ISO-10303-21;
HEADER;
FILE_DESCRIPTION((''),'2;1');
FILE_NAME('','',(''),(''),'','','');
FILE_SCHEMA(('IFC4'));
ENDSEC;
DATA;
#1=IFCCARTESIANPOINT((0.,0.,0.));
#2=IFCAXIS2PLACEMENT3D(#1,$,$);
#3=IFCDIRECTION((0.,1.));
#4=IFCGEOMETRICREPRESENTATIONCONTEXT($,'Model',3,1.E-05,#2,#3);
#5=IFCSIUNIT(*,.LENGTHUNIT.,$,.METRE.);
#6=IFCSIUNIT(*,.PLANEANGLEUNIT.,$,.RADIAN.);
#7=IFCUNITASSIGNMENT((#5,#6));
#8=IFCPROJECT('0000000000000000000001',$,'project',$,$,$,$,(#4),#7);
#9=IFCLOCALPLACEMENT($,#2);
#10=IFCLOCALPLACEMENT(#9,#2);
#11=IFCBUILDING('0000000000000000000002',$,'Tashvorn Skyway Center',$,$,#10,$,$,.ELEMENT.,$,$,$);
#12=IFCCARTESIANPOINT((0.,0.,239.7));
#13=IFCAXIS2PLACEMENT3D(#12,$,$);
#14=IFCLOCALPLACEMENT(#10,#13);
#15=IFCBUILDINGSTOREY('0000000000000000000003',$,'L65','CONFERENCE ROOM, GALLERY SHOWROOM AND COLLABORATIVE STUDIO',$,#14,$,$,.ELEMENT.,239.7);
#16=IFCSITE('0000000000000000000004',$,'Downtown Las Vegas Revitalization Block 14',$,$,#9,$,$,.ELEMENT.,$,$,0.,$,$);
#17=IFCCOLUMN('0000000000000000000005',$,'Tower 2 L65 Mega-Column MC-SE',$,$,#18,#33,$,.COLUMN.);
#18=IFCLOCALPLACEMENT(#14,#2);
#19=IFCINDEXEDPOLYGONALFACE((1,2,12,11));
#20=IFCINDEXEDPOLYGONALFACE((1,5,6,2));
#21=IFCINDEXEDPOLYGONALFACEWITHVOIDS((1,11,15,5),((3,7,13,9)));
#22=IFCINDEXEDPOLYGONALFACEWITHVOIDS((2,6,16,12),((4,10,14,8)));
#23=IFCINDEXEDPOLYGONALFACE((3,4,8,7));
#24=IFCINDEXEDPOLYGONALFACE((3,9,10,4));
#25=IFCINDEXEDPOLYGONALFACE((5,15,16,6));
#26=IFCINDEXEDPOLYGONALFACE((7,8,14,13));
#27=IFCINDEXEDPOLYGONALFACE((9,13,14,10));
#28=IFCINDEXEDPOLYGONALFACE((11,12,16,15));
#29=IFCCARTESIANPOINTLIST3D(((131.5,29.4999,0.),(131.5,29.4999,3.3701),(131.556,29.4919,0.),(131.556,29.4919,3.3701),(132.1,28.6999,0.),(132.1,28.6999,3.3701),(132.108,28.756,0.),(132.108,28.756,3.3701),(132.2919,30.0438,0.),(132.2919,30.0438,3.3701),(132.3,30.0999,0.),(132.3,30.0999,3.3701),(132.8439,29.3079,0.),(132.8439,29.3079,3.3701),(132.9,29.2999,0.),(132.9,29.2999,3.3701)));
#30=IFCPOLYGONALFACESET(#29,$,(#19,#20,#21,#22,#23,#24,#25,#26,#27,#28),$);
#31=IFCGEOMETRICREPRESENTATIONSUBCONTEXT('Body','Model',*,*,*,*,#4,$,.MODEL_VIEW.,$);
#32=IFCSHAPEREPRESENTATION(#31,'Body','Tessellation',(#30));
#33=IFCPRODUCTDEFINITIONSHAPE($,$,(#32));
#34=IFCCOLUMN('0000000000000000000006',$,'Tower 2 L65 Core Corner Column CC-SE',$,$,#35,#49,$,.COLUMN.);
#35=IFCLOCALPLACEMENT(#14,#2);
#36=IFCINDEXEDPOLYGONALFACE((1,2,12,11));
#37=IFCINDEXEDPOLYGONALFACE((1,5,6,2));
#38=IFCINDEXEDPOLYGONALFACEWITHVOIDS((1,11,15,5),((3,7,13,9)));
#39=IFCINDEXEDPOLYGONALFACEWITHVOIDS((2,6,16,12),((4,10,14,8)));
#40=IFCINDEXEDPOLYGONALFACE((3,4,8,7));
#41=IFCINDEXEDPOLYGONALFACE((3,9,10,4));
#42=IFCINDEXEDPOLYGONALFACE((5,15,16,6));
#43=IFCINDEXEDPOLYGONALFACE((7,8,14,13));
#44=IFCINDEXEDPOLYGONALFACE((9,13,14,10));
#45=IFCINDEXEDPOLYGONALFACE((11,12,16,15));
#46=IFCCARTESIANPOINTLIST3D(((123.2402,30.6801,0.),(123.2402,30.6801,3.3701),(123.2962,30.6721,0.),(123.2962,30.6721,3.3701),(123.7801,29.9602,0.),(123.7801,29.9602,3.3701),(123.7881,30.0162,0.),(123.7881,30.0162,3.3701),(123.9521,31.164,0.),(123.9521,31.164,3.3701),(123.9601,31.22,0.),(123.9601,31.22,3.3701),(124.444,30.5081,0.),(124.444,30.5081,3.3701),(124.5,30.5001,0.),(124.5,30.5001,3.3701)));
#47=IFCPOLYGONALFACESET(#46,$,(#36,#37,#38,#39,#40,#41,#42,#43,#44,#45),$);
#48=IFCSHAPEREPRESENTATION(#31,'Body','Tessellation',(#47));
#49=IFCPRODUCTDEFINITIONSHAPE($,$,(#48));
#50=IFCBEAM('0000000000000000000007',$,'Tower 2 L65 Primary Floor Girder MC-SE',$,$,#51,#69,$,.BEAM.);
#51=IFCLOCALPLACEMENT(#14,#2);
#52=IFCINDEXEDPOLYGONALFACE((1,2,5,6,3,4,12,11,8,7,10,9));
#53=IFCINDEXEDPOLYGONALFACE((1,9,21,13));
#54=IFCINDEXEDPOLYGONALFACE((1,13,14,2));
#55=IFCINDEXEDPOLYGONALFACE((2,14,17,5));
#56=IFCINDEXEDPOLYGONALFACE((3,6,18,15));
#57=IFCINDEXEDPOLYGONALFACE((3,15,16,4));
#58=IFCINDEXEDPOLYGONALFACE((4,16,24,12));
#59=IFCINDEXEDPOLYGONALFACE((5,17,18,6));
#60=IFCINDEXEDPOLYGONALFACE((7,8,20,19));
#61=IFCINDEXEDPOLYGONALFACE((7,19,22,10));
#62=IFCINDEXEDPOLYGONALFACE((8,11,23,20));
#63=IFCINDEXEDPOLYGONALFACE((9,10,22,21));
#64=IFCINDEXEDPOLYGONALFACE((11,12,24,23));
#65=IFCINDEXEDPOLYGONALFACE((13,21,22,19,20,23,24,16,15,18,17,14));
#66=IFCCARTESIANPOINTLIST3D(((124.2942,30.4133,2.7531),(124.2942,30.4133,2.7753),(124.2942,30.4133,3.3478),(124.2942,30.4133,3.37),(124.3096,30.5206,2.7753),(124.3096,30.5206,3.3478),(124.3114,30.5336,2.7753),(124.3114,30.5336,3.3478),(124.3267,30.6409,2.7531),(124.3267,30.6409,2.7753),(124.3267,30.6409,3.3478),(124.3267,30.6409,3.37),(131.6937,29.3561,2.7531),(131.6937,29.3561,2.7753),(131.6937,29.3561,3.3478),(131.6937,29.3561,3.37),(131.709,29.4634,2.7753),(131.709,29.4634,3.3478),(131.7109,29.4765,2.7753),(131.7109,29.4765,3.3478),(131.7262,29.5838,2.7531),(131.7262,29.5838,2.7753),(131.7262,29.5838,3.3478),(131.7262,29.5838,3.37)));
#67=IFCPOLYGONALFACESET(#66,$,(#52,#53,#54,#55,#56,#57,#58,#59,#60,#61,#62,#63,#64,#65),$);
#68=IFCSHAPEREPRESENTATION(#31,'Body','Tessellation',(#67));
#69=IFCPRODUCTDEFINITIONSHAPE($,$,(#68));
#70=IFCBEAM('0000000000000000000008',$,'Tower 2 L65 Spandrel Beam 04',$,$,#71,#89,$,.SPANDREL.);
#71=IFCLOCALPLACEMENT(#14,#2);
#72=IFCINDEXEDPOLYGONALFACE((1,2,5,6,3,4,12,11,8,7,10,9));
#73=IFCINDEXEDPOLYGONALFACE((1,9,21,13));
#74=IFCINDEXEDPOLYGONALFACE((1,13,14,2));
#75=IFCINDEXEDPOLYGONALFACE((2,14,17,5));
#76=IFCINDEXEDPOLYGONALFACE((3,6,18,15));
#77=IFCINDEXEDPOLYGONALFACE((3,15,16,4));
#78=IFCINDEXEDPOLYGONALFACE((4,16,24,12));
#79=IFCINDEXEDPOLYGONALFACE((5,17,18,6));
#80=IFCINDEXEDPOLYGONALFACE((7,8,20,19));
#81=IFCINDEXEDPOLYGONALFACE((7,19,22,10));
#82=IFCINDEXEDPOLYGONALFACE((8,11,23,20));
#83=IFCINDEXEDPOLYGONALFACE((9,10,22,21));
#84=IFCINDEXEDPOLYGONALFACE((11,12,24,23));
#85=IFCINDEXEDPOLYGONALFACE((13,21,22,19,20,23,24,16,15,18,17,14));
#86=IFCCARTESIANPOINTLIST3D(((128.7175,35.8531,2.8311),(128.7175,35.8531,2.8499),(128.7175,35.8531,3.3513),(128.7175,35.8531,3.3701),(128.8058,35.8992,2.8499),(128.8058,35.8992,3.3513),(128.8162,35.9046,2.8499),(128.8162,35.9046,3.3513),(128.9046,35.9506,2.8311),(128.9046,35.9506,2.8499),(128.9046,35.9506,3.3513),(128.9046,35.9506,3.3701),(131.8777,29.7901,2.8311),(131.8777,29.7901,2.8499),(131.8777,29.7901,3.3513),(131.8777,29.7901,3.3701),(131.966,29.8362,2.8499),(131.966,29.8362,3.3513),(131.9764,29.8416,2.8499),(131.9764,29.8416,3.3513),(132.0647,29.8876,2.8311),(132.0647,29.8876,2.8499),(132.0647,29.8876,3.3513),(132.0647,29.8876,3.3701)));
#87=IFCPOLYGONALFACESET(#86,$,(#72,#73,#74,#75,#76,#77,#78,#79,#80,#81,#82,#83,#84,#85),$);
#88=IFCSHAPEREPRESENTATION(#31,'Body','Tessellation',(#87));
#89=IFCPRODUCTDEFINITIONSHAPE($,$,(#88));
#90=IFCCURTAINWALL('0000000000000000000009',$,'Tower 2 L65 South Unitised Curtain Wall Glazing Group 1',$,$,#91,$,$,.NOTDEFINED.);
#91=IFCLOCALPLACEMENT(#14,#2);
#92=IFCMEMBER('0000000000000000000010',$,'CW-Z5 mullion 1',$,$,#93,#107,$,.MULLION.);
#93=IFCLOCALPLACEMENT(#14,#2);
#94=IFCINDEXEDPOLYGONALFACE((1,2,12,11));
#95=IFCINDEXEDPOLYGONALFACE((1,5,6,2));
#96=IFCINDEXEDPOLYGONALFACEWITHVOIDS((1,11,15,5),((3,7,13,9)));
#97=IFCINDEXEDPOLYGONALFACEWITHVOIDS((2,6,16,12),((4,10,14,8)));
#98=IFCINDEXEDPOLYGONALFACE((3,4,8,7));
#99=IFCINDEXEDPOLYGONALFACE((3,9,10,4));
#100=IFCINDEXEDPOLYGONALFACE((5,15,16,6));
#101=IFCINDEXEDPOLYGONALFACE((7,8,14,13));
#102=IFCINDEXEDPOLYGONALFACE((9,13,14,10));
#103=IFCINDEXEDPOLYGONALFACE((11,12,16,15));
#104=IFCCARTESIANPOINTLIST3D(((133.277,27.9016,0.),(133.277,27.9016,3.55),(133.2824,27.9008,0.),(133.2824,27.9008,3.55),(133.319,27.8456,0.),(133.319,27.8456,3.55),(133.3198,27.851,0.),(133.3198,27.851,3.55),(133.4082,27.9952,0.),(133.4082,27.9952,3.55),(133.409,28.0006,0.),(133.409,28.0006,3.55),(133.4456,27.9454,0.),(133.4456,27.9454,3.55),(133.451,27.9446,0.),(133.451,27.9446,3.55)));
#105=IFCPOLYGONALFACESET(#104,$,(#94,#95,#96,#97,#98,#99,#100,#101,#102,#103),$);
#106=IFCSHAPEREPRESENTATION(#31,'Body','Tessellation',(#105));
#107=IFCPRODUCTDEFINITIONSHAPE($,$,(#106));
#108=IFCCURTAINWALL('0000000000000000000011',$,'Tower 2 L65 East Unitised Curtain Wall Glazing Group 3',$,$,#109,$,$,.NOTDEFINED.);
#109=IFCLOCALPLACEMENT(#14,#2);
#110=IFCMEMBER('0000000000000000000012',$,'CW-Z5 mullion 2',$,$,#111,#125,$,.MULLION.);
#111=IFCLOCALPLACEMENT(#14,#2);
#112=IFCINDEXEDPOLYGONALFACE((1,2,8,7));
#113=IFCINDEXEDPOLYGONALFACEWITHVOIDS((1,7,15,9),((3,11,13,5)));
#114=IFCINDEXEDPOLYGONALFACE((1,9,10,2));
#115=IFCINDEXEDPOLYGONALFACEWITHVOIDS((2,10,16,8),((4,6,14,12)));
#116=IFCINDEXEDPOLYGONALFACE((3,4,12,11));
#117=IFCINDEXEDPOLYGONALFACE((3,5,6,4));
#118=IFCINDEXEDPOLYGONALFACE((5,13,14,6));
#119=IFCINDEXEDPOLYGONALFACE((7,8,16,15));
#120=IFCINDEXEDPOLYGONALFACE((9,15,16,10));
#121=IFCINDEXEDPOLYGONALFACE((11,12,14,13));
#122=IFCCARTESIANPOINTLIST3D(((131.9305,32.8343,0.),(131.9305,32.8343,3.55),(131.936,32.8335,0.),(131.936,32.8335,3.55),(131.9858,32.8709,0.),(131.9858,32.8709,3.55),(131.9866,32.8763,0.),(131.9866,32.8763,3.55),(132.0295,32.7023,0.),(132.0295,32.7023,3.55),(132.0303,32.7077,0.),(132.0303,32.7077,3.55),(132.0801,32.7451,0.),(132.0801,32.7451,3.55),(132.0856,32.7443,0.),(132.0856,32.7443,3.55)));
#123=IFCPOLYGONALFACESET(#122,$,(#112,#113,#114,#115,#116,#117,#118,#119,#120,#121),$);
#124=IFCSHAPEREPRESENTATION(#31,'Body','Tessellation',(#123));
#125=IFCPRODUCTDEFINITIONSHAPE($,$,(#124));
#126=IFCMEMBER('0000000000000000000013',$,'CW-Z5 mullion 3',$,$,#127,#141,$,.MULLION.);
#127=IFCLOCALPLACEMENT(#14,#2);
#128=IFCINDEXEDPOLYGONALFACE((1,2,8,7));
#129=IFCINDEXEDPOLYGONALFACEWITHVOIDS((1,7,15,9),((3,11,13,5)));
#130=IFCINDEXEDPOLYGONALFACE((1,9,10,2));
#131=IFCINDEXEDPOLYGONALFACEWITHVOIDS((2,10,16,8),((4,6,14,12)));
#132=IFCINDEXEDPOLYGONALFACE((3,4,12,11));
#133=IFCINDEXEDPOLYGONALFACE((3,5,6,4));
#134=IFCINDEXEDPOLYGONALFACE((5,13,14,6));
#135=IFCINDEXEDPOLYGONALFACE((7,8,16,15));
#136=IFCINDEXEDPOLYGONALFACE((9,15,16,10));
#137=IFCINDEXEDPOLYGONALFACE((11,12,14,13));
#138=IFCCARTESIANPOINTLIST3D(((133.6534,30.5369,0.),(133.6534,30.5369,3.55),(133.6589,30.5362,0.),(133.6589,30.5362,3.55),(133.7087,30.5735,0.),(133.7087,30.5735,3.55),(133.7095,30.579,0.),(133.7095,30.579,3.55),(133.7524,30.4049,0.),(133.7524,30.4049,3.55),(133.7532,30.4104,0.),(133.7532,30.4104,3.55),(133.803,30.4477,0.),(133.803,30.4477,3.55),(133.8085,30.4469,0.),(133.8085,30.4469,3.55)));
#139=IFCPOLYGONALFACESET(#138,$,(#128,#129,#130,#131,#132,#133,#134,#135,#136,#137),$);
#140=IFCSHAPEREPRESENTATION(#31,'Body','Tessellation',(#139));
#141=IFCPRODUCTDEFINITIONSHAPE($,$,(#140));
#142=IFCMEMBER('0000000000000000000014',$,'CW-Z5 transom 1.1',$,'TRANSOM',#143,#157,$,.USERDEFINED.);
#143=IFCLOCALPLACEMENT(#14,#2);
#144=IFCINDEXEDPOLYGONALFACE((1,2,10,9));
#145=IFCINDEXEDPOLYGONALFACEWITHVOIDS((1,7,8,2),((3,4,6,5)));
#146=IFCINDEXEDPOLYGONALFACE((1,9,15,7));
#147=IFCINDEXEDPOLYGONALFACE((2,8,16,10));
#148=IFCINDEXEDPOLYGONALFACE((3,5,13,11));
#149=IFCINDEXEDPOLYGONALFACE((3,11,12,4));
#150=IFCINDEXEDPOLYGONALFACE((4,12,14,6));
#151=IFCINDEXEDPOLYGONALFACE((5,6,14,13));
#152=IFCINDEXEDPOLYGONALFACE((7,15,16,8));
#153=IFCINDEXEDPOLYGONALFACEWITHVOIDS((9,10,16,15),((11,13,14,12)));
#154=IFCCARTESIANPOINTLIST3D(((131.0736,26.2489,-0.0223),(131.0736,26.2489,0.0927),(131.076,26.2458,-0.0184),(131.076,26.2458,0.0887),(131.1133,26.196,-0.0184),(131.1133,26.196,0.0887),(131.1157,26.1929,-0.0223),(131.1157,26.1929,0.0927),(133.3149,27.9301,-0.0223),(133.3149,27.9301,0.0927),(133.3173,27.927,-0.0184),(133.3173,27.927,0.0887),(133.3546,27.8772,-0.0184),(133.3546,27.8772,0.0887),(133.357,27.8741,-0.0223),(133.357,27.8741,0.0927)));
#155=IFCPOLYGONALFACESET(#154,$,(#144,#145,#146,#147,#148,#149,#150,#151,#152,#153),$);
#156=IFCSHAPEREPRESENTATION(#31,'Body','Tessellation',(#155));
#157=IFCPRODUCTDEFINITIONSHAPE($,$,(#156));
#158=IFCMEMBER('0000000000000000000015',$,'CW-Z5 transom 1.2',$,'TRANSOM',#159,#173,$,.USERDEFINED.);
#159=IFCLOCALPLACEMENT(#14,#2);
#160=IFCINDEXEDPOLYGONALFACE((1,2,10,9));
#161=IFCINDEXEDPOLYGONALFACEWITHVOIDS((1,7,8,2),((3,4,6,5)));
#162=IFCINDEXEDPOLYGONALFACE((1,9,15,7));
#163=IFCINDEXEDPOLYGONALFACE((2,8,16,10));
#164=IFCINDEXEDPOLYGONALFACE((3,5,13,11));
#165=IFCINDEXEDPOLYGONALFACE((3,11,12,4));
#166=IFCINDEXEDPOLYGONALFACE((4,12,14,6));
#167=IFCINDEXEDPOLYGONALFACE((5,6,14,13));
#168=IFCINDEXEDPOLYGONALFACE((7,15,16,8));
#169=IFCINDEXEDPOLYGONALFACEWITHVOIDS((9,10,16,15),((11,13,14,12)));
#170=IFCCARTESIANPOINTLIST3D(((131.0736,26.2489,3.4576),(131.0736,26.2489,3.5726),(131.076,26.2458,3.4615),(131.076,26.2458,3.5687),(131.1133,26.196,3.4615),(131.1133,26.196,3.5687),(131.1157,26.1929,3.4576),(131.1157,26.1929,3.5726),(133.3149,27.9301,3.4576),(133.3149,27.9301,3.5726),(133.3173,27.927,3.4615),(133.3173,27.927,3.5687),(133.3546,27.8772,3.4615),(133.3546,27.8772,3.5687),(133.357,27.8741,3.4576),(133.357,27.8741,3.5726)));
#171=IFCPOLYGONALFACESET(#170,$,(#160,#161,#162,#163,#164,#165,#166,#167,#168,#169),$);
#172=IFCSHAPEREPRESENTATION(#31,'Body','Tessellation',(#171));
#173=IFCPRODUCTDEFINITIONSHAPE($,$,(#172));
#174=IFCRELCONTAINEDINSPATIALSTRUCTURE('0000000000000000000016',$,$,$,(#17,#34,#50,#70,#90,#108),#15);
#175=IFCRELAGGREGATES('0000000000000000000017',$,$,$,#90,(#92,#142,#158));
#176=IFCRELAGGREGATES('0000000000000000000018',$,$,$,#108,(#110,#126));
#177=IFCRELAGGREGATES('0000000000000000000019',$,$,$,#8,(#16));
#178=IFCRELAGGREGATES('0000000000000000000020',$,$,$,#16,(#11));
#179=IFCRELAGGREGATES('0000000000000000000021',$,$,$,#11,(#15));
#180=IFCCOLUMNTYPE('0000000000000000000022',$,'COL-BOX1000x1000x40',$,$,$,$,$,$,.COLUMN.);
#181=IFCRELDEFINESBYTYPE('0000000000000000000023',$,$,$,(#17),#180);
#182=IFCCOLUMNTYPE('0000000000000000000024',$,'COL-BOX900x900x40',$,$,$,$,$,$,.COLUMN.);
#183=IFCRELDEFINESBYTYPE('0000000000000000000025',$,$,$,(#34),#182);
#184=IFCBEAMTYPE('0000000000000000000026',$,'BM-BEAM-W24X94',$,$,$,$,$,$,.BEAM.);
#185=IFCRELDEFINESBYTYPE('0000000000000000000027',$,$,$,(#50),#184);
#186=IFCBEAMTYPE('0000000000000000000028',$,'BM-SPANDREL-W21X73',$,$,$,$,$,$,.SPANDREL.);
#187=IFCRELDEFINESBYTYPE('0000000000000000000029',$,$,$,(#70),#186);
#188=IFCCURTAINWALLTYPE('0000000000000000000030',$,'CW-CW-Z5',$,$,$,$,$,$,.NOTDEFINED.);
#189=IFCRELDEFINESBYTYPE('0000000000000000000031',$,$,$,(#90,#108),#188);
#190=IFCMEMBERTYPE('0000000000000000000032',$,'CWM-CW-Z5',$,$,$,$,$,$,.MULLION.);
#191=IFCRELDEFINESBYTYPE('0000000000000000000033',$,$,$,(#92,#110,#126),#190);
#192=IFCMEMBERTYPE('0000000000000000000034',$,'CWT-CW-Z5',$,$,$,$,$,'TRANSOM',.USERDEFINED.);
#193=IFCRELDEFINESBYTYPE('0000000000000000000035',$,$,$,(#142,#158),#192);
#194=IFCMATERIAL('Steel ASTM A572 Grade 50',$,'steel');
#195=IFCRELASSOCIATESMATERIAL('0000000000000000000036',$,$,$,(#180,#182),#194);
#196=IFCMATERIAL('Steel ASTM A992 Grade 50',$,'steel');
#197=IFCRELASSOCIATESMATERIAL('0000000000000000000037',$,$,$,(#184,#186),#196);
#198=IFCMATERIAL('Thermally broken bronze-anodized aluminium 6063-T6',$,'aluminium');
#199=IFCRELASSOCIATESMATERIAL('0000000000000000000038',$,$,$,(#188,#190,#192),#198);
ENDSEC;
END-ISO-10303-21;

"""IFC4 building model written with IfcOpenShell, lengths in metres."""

from ifc_helpers import new_model, si_unit, direction, frame, origin, origin_2d, place, context, subcontext, project, spatial, hollow_rectangle, i_section, extrude, material, material_profile, profile_set, type_object, element, aggregate, save


model = new_model("IFC4")

# Units and contexts
model_context = context("Model", 3, precision=1e-05, world=origin(), true_north=direction((0.0, 1.0)))
body_context = subcontext(model_context, "Body", "Model", "MODEL_VIEW")
ifc_project = project(units=[si_unit("LENGTHUNIT", "METRE"), si_unit("PLANEANGLEUNIT", "RADIAN")], contexts=[model_context])

# Site, building, storey
site_placement = place(None, origin())
site = spatial("IfcSite", under=ifc_project, at=site_placement, Name="Downtown Las Vegas Revitalization Block 14", CompositionType="ELEMENT", RefElevation=0.0)
building_placement = place(site_placement, origin())
building = spatial("IfcBuilding", under=site, at=building_placement, Name="Tashvorn Skyway Center", CompositionType="ELEMENT")
storey_placement = place(building_placement, frame((0.0, 0.0, 239.7)))
storey = spatial("IfcBuildingStorey", under=building, at=storey_placement, Name="L65", Description="CONFERENCE ROOM, GALLERY SHOWROOM AND COLLABORATIVE STUDIO", CompositionType="ELEMENT", Elevation=239.7)

# Columns
ifc_material_1 = material(Name="Steel ASTM A572 Grade 50", Category="steel")
ifc_material_profile_1 = material_profile(ifc_material_1, hollow_rectangle(XDim=1.0, YDim=1.0, WallThickness=0.04, at=origin_2d()), Name="BOX1000x1000x40")
ifc_profile_set_1 = profile_set([ifc_material_profile_1], Name="Steel ASTM A572 Grade 50")
column_type_1 = type_object("IfcColumnType", Name="COL-BOX1000x1000x40", PredefinedType="COLUMN", material=ifc_profile_set_1)
column_1_placement = place(storey_placement, frame((132.2, 29.3999, 0.0), z_axis=(0.0, 0.0, 1.0), x_axis=(0.8, 0.6, 0.0)))
element("IfcColumn", 1, at=column_1_placement, inside=storey, type_object=column_type_1, Name="Tower 2 L65 Mega-Column MC-SE", PredefinedType="COLUMN", context=body_context, shape_type="SweptSolid", body=[
    extrude(hollow_rectangle(XDim=1.0, YDim=1.0, WallThickness=0.04, at=origin_2d()), origin(), (0.0, 0.0, 1.0), 3.3701),
])
ifc_material_profile_2 = material_profile(ifc_material_1, hollow_rectangle(XDim=0.8999, YDim=0.8999, WallThickness=0.04, at=origin_2d()), Name="BOX900x900x40")
ifc_profile_set_2 = profile_set([ifc_material_profile_2], Name="Steel ASTM A572 Grade 50")
column_type_2 = type_object("IfcColumnType", Name="COL-BOX900x900x40", PredefinedType="COLUMN", material=ifc_profile_set_2)
column_2_placement = place(storey_placement, frame((123.8701, 30.5901, 0.0), z_axis=(0.0, 0.0, 1.0), x_axis=(0.8, 0.6, 0.0)))
element("IfcColumn", 2, at=column_2_placement, inside=storey, type_object=column_type_2, Name="Tower 2 L65 Core Corner Column CC-SE", PredefinedType="COLUMN", context=body_context, shape_type="SweptSolid", body=[
    extrude(hollow_rectangle(XDim=0.8999, YDim=0.8999, WallThickness=0.04, at=origin_2d()), origin(), (0.0, 0.0, 1.0), 3.3701),
])

# Beams
ifc_material_2 = material(Name="Steel ASTM A992 Grade 50", Category="steel")
ifc_material_profile_3 = material_profile(ifc_material_2, i_section(OverallWidth=0.23, OverallDepth=0.6169, WebThickness=0.0132, FlangeThickness=0.0222, at=origin_2d()), Name="W24X94")
ifc_profile_set_3 = profile_set([ifc_material_profile_3], Name="Steel ASTM A992 Grade 50")
beam_type_1 = type_object("IfcBeamType", Name="BM-BEAM-W24X94", PredefinedType="BEAM", material=ifc_profile_set_3)
beam_1_placement = place(storey_placement, frame((131.71, 29.47, 3.0615), z_axis=(-0.989948, 0.141431, 0.0), x_axis=(-0.141431, -0.989948, 0.0)))
element("IfcBeam", 3, at=beam_1_placement, inside=storey, type_object=beam_type_1, Name="Tower 2 L65 Primary Floor Girder MC-SE", PredefinedType="BEAM", context=body_context, shape_type="SweptSolid", body=[
    extrude(i_section(OverallWidth=0.23, OverallDepth=0.6169, WebThickness=0.0132, FlangeThickness=0.0222, at=origin_2d()), origin(), (0.0, 0.0, 1.0), 7.4746),
])
ifc_material_profile_4 = material_profile(ifc_material_2, i_section(OverallWidth=0.2109, OverallDepth=0.5391, WebThickness=0.0117, FlangeThickness=0.0188, at=origin_2d()), Name="W21X73")
ifc_profile_set_4 = profile_set([ifc_material_profile_4], Name="Steel ASTM A992 Grade 50")
beam_type_2 = type_object("IfcBeamType", Name="BM-SPANDREL-W21X73", PredefinedType="SPANDREL", material=ifc_profile_set_4)
beam_2_placement = place(storey_placement, frame((131.9712, 29.8389, 3.1006), z_axis=(-0.462205, 0.886773, 0.0), x_axis=(-0.886773, -0.462205, 0.0)))
element("IfcBeam", 4, at=beam_2_placement, inside=storey, type_object=beam_type_2, Name="Tower 2 L65 Spandrel Beam 04", PredefinedType="SPANDREL", context=body_context, shape_type="SweptSolid", body=[
    extrude(i_section(OverallWidth=0.2109, OverallDepth=0.5391, WebThickness=0.0117, FlangeThickness=0.0188, at=origin_2d()), origin(), (0.0, 0.0, 1.0), 6.8372),
])

# Curtain wall, member
ifc_material_3 = material(Name="Thermally broken bronze-anodized aluminium 6063-T6", Category="aluminium")
curtain_wall_type = type_object("IfcCurtainWallType", Name="CW-CW-Z5", PredefinedType="NOTDEFINED", material=ifc_material_3)
curtain_wall_1_placement = place(storey_placement, origin())
curtain_wall_1 = element("IfcCurtainWall", 5, at=curtain_wall_1_placement, inside=storey, type_object=curtain_wall_type, Name="Tower 2 L65 South Unitised Curtain Wall Glazing Group 1", PredefinedType="NOTDEFINED")
ifc_material_profile_5 = material_profile(ifc_material_3, hollow_rectangle(XDim=0.0701, YDim=0.165, WallThickness=0.0039, at=origin_2d()), Name="ALU-MULL-70x165")
ifc_profile_set_5 = profile_set([ifc_material_profile_5], Name="Thermally broken bronze-anodized aluminium 6063-T6")
member_type_1 = type_object("IfcMemberType", Name="CWM-CW-Z5", PredefinedType="MULLION", material=ifc_profile_set_5)
member_1_placement = place(storey_placement, frame((133.364, 27.9231, 0.0), z_axis=(0.0, 0.0, 1.0), x_axis=(0.599997, -0.800002, 0.0)))
member_1 = element("IfcMember", 6, at=member_1_placement, type_object=member_type_1, Name="CW-Z5 mullion 1", PredefinedType="MULLION", context=body_context, shape_type="SweptSolid", body=[
    extrude(hollow_rectangle(XDim=0.0701, YDim=0.165, WallThickness=0.0039, at=origin_2d()), origin(), (0.0, 0.0, 1.0), 3.55),
])

# Curtain wall, members
curtain_wall_2_placement = place(storey_placement, origin())
curtain_wall_2 = element("IfcCurtainWall", 7, at=curtain_wall_2_placement, inside=storey, type_object=curtain_wall_type, Name="Tower 2 L65 East Unitised Curtain Wall Glazing Group 3", PredefinedType="NOTDEFINED")
member_2_placement = place(storey_placement, frame((132.0081, 32.7893, 0.0), z_axis=(0.0, 0.0, 1.0), x_axis=(0.800002, 0.599997, 0.0)))
member_2 = element("IfcMember", 8, at=member_2_placement, type_object=member_type_1, Name="CW-Z5 mullion 2", PredefinedType="MULLION", context=body_context, shape_type="SweptSolid", body=[
    extrude(hollow_rectangle(XDim=0.0701, YDim=0.165, WallThickness=0.0039, at=origin_2d()), origin(), (0.0, 0.0, 1.0), 3.55),
])
member_3_placement = place(storey_placement, frame((133.731, 30.4919, 0.0), z_axis=(0.0, 0.0, 1.0), x_axis=(0.800002, 0.599997, 0.0)))
member_3 = element("IfcMember", 9, at=member_3_placement, type_object=member_type_1, Name="CW-Z5 mullion 3", PredefinedType="MULLION", context=body_context, shape_type="SweptSolid", body=[
    extrude(hollow_rectangle(XDim=0.0701, YDim=0.165, WallThickness=0.0039, at=origin_2d()), origin(), (0.0, 0.0, 1.0), 3.55),
])

# Members
ifc_material_profile_6 = material_profile(ifc_material_3, hollow_rectangle(XDim=0.0701, YDim=0.115, WallThickness=0.0039, at=origin_2d()), Name="ALU-TRAN-70x115")
ifc_profile_set_6 = profile_set([ifc_material_profile_6], Name="Thermally broken bronze-anodized aluminium 6063-T6")
member_type_2 = type_object("IfcMemberType", Name="CWT-CW-Z5", ElementType="TRANSOM", PredefinedType="USERDEFINED", material=ifc_profile_set_6)
member_4_placement = place(storey_placement, frame((133.3359, 27.9021, 0.0352), z_axis=(-0.799958, -0.600056, 0.0), x_axis=(0.600056, -0.799958, 0.0)))
member_4 = element("IfcMember", 10, at=member_4_placement, type_object=member_type_2, Name="CW-Z5 transom 1.1", ObjectType="TRANSOM", PredefinedType="USERDEFINED", context=body_context, shape_type="SweptSolid", body=[
    extrude(hollow_rectangle(XDim=0.0701, YDim=0.115, WallThickness=0.0039, at=origin_2d()), origin(), (0.0, 0.0, 1.0), 2.8018),
])
member_5_placement = place(storey_placement, frame((133.3359, 27.9021, 3.5151), z_axis=(-0.799958, -0.600056, 0.0), x_axis=(0.600056, -0.799958, 0.0)))
member_5 = element("IfcMember", 11, at=member_5_placement, type_object=member_type_2, Name="CW-Z5 transom 1.2", ObjectType="TRANSOM", PredefinedType="USERDEFINED", context=body_context, shape_type="SweptSolid", body=[
    extrude(hollow_rectangle(XDim=0.0701, YDim=0.115, WallThickness=0.0039, at=origin_2d()), origin(), (0.0, 0.0, 1.0), 2.8018),
])

aggregate(curtain_wall_1, [member_1, member_4, member_5])
aggregate(curtain_wall_2, [member_2, member_3])

save(model, "model.ifc")
